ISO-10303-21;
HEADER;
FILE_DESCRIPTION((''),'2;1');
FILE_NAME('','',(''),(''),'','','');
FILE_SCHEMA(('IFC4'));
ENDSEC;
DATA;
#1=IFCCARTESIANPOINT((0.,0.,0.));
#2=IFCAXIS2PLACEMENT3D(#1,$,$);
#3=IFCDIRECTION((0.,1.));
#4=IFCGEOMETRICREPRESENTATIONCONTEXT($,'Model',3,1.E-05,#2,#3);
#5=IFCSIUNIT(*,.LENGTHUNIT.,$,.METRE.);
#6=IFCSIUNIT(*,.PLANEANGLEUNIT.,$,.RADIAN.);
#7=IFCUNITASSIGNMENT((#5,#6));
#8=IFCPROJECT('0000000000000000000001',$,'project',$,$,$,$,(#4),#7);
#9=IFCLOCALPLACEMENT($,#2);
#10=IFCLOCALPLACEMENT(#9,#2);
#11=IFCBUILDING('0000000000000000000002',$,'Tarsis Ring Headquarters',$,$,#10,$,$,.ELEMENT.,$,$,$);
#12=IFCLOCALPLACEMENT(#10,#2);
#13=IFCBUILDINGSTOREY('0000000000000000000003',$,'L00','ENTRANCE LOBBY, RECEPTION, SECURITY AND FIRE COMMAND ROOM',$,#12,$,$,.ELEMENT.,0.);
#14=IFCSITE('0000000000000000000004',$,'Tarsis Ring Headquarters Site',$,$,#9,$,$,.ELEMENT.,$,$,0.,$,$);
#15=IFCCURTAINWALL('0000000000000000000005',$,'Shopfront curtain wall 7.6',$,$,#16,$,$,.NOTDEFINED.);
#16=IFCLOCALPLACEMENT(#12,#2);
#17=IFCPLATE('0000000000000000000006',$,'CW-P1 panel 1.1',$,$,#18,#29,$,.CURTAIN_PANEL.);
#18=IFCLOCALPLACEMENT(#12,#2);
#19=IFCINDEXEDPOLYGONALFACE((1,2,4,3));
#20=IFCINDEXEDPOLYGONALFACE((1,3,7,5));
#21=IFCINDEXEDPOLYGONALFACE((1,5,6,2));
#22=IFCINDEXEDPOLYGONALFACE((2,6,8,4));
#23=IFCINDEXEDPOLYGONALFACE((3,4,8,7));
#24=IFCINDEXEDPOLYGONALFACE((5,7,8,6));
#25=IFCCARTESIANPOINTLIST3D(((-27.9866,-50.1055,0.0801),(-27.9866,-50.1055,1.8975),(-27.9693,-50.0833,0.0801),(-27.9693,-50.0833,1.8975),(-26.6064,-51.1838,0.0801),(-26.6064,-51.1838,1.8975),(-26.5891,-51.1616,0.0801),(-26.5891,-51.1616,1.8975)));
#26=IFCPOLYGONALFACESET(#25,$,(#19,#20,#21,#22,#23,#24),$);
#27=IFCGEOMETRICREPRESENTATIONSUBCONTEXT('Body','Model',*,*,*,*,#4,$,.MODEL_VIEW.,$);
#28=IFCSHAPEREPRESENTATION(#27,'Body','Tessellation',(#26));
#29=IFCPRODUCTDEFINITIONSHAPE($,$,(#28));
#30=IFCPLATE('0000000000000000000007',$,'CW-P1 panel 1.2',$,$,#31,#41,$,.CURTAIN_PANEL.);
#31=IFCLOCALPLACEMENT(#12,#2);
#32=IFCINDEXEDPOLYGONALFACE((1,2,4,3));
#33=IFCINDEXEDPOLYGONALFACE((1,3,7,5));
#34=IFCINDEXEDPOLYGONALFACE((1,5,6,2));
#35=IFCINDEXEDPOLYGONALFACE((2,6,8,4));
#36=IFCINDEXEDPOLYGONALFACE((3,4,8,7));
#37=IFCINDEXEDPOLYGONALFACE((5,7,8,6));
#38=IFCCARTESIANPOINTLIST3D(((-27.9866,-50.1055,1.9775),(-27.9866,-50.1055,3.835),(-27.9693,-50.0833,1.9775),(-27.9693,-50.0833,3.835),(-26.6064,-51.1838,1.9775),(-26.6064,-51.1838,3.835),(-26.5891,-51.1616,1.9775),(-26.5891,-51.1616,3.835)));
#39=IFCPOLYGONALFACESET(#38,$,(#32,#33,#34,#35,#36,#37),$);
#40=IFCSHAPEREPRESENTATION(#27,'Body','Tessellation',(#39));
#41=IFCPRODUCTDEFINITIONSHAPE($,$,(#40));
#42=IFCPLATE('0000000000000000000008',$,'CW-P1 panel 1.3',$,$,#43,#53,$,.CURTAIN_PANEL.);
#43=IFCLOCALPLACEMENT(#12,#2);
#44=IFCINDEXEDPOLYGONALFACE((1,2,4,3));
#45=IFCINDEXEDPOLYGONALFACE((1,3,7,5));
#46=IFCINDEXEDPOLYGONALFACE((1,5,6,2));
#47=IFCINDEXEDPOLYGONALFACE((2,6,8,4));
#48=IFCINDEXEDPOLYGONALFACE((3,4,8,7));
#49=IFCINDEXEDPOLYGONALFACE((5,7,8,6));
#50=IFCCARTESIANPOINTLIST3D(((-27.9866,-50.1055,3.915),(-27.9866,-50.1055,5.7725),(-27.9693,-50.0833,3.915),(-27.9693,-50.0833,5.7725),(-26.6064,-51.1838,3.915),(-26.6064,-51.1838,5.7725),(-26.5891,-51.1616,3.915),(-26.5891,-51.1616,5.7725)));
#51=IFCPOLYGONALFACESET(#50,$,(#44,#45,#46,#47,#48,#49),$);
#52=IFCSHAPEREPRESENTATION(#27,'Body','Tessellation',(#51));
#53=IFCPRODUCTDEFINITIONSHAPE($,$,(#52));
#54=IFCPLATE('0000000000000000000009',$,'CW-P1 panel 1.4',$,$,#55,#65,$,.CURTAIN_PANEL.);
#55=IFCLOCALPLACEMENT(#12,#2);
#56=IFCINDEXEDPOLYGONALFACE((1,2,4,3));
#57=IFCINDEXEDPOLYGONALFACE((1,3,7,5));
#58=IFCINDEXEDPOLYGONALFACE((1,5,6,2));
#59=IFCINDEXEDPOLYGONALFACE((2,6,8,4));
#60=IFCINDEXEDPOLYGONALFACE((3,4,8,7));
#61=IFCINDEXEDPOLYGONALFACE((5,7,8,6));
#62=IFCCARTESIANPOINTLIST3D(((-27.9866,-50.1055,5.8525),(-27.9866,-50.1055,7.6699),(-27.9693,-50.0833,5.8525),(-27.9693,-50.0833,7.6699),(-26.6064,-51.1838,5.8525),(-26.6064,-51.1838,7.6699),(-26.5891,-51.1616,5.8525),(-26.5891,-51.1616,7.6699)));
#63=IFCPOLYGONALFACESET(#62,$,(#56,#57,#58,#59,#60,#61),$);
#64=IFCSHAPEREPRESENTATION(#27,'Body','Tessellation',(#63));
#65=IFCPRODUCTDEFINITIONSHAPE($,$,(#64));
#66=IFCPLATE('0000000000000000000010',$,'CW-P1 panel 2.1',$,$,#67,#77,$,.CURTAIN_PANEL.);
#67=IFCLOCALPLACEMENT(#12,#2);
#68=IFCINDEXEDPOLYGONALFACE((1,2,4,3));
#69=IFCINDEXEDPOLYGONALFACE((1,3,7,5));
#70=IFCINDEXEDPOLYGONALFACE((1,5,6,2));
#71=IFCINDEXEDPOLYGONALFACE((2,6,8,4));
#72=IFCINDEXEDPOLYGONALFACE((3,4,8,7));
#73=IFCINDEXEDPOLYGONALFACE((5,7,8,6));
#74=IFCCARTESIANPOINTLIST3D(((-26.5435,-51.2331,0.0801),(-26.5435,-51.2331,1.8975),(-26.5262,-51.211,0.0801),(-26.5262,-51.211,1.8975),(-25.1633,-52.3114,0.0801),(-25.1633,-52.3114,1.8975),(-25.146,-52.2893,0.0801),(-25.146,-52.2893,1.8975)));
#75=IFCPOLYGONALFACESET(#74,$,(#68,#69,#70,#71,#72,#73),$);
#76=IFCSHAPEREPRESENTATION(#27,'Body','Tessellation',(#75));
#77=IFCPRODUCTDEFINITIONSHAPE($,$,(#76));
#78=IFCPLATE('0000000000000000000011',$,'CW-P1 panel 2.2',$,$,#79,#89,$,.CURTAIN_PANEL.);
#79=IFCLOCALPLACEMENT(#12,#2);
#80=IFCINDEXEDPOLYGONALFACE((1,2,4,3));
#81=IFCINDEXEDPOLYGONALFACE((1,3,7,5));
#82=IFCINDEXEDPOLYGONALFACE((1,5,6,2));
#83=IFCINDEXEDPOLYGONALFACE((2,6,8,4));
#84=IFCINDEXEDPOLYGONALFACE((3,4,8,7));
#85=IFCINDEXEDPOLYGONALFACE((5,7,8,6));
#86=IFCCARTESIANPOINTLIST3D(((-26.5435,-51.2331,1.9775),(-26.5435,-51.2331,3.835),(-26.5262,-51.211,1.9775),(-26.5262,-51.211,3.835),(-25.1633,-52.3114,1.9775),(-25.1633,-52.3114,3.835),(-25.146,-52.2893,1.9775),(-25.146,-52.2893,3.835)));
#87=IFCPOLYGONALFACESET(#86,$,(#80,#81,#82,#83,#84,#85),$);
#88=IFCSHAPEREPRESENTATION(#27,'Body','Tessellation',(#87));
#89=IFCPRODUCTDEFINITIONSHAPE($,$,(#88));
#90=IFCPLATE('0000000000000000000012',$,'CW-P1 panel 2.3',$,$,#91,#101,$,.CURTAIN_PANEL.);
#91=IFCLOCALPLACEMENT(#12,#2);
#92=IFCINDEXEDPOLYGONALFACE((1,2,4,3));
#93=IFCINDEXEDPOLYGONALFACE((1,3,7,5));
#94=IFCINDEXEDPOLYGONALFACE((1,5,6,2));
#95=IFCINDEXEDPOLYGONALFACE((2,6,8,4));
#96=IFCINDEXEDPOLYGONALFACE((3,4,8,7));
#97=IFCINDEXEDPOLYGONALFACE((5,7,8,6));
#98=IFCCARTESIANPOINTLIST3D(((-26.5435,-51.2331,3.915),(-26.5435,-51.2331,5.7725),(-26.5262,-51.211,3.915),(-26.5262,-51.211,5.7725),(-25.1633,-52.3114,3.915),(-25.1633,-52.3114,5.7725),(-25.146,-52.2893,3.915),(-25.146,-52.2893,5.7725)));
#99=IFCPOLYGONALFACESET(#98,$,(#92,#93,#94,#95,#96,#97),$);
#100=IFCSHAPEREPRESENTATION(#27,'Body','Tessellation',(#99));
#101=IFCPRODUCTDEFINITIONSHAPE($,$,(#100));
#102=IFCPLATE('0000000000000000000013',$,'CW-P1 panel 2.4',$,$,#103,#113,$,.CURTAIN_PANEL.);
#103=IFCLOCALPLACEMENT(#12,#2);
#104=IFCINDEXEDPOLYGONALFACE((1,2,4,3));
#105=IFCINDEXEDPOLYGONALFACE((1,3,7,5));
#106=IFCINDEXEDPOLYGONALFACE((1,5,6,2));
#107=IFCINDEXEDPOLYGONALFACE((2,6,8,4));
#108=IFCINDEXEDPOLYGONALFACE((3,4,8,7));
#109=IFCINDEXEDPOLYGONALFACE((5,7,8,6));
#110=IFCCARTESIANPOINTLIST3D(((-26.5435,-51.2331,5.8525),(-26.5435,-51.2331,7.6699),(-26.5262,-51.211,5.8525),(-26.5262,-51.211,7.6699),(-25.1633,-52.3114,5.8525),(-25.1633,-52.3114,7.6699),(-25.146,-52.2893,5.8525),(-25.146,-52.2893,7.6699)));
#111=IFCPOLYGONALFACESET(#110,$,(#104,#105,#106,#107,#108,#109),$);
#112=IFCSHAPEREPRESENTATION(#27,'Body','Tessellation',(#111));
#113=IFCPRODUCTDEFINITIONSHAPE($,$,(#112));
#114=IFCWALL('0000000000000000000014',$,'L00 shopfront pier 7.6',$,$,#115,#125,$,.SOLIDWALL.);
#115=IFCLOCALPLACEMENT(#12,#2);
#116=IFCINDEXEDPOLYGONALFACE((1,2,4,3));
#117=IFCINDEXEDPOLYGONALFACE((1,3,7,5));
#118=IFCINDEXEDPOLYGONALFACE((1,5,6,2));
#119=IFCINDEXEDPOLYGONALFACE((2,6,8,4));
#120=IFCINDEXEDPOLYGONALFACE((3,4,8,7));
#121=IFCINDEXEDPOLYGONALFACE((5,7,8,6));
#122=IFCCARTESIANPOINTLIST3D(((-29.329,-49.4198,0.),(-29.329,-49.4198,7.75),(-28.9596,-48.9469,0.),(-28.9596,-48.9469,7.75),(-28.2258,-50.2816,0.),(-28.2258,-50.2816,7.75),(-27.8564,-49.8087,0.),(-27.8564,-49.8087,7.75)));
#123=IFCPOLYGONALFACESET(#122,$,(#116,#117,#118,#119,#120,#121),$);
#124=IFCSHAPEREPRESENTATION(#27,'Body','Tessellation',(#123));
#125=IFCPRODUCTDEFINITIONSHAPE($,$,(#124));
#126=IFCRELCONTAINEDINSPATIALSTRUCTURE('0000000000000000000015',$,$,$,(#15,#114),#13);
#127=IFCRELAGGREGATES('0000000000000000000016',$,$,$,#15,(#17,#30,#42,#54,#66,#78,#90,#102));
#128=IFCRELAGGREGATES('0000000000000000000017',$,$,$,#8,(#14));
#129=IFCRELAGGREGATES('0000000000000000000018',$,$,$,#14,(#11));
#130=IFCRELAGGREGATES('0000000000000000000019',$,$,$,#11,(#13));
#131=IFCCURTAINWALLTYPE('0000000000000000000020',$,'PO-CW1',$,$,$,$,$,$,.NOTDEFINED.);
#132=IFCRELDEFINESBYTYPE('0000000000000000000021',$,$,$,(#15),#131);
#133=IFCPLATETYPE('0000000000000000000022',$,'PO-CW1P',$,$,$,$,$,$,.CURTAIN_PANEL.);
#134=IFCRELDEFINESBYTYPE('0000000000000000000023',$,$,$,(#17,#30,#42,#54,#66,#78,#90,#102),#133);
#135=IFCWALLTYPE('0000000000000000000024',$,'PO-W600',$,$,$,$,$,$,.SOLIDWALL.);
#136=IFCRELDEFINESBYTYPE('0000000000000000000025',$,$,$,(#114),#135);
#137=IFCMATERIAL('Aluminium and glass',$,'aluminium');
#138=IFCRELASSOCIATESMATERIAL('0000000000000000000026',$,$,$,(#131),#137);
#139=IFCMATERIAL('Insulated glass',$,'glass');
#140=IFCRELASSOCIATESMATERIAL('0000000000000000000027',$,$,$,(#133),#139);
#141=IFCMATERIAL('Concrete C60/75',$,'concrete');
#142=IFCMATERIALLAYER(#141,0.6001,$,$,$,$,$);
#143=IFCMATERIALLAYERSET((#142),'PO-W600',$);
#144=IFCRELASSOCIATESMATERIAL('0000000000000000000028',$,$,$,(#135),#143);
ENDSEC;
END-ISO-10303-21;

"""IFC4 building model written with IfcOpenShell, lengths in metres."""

from ifc_helpers import new_model, si_unit, direction, frame, frame_2d, origin, origin_2d, place, context, subcontext, project, spatial, rectangle, extrude, material, layer, layer_set, type_object, element, aggregate, save


model = new_model("IFC4")

# Units and contexts
model_context = context("Model", 3, precision=1e-05, world=origin(), true_north=direction((0.0, 1.0)))
body_context = subcontext(model_context, "Body", "Model", "MODEL_VIEW")
ifc_project = project(units=[si_unit("LENGTHUNIT", "METRE"), si_unit("PLANEANGLEUNIT", "RADIAN")], contexts=[model_context])

# Site, building, storey
site_placement = place(None, origin())
site = spatial("IfcSite", under=ifc_project, at=site_placement, Name="Tarsis Ring Headquarters Site", CompositionType="ELEMENT", RefElevation=0.0)
building_placement = place(site_placement, origin())
building = spatial("IfcBuilding", under=site, at=building_placement, Name="Tarsis Ring Headquarters", CompositionType="ELEMENT")
storey_placement = place(building_placement, origin())
storey = spatial("IfcBuildingStorey", under=building, at=storey_placement, Name="L00", Description="ENTRANCE LOBBY, RECEPTION, SECURITY AND FIRE COMMAND ROOM", CompositionType="ELEMENT", Elevation=0.0)

# Shared definitions
ifc_material_1 = material(Name="Aluminium and glass", Category="aluminium")
curtain_wall_type = type_object("IfcCurtainWallType", Name="PO-CW1", PredefinedType="NOTDEFINED", material=ifc_material_1)

# Curtain wall
curtain_wall_1_placement = place(storey_placement, origin())
curtain_wall_1 = element("IfcCurtainWall", 1, at=curtain_wall_1_placement, inside=storey, type_object=curtain_wall_type, Name="Shopfront curtain wall 7.6", PredefinedType="NOTDEFINED")

# Plates
ifc_material_2 = material(Name="Insulated glass", Category="glass")
plate_type = type_object("IfcPlateType", Name="PO-CW1P", PredefinedType="CURTAIN_PANEL", material=ifc_material_2)
plate_1_placement = place(storey_placement, frame((-27.2878, -50.6335, 0.0801), z_axis=(0.0, 0.0, 1.0), x_axis=(0.788011, -0.615661, 0.0)))
plate_1 = element("IfcPlate", 2, at=plate_1_placement, type_object=plate_type, Name="CW-P1 panel 1.1", PredefinedType="CURTAIN_PANEL", context=body_context, shape_type="SweptSolid", body=[
    extrude(rectangle(XDim=1.7515, YDim=0.0281, at=origin_2d()), origin(), (0.0, 0.0, 1.0), 1.8174),
])
plate_2_placement = place(storey_placement, frame((-27.2878, -50.6335, 1.9775), z_axis=(0.0, 0.0, 1.0), x_axis=(0.788011, -0.615661, 0.0)))
plate_2 = element("IfcPlate", 3, at=plate_2_placement, type_object=plate_type, Name="CW-P1 panel 1.2", PredefinedType="CURTAIN_PANEL", context=body_context, shape_type="SweptSolid", body=[
    extrude(rectangle(XDim=1.7515, YDim=0.0281, at=origin_2d()), origin(), (0.0, 0.0, 1.0), 1.8574),
])
plate_3_placement = place(storey_placement, frame((-27.2878, -50.6335, 3.915), z_axis=(0.0, 0.0, 1.0), x_axis=(0.788011, -0.615661, 0.0)))
plate_3 = element("IfcPlate", 4, at=plate_3_placement, type_object=plate_type, Name="CW-P1 panel 1.3", PredefinedType="CURTAIN_PANEL", context=body_context, shape_type="SweptSolid", body=[
    extrude(rectangle(XDim=1.7515, YDim=0.0281, at=origin_2d()), origin(), (0.0, 0.0, 1.0), 1.8574),
])
plate_4_placement = place(storey_placement, frame((-27.2878, -50.6335, 5.8525), z_axis=(0.0, 0.0, 1.0), x_axis=(0.788011, -0.615661, 0.0)))
plate_4 = element("IfcPlate", 5, at=plate_4_placement, type_object=plate_type, Name="CW-P1 panel 1.4", PredefinedType="CURTAIN_PANEL", context=body_context, shape_type="SweptSolid", body=[
    extrude(rectangle(XDim=1.7515, YDim=0.0281, at=origin_2d()), origin(), (0.0, 0.0, 1.0), 1.8174),
])
plate_5_placement = place(storey_placement, frame((-25.8447, -51.7612, 0.0801), z_axis=(0.0, 0.0, 1.0), x_axis=(0.788011, -0.615661, 0.0)))
plate_5 = element("IfcPlate", 6, at=plate_5_placement, type_object=plate_type, Name="CW-P1 panel 2.1", PredefinedType="CURTAIN_PANEL", context=body_context, shape_type="SweptSolid", body=[
    extrude(rectangle(XDim=1.7515, YDim=0.0281, at=origin_2d()), origin(), (0.0, 0.0, 1.0), 1.8174),
])
plate_6_placement = place(storey_placement, frame((-25.8447, -51.7612, 1.9775), z_axis=(0.0, 0.0, 1.0), x_axis=(0.788011, -0.615661, 0.0)))
plate_6 = element("IfcPlate", 7, at=plate_6_placement, type_object=plate_type, Name="CW-P1 panel 2.2", PredefinedType="CURTAIN_PANEL", context=body_context, shape_type="SweptSolid", body=[
    extrude(rectangle(XDim=1.7515, YDim=0.0281, at=origin_2d()), origin(), (0.0, 0.0, 1.0), 1.8574),
])
plate_7_placement = place(storey_placement, frame((-25.8447, -51.7612, 3.915), z_axis=(0.0, 0.0, 1.0), x_axis=(0.788011, -0.615661, 0.0)))
plate_7 = element("IfcPlate", 8, at=plate_7_placement, type_object=plate_type, Name="CW-P1 panel 2.3", PredefinedType="CURTAIN_PANEL", context=body_context, shape_type="SweptSolid", body=[
    extrude(rectangle(XDim=1.7515, YDim=0.0281, at=origin_2d()), origin(), (0.0, 0.0, 1.0), 1.8574),
])
plate_8_placement = place(storey_placement, frame((-25.8447, -51.7612, 5.8525), z_axis=(0.0, 0.0, 1.0), x_axis=(0.788011, -0.615661, 0.0)))
plate_8 = element("IfcPlate", 9, at=plate_8_placement, type_object=plate_type, Name="CW-P1 panel 2.4", PredefinedType="CURTAIN_PANEL", context=body_context, shape_type="SweptSolid", body=[
    extrude(rectangle(XDim=1.7515, YDim=0.0281, at=origin_2d()), origin(), (0.0, 0.0, 1.0), 1.8174),
])
aggregate(curtain_wall_1, [plate_1, plate_2, plate_3, plate_4, plate_5, plate_6, plate_7, plate_8])

# Wall
ifc_material_3 = material(Name="Concrete C60/75", Category="concrete")
ifc_layer = layer(ifc_material_3, 0.6001)
ifc_layer_set = layer_set([ifc_layer], Name="PO-W600")
wall_type = type_object("IfcWallType", Name="PO-W600", PredefinedType="SOLIDWALL", material=ifc_layer_set)
wall_placement = place(storey_placement, frame((-29.1443, -49.1833, 0.0), z_axis=(0.0, 0.0, 1.0), x_axis=(0.788064, -0.615593, 0.0)))
element("IfcWall", 10, at=wall_placement, inside=storey, type_object=wall_type, Name="L00 shopfront pier 7.6", PredefinedType="SOLIDWALL", context=body_context, shape_type="SweptSolid", body=[
    extrude(rectangle(XDim=1.3999, YDim=0.6001, at=frame_2d((0.7, 0.0))), origin(), (0.0, 0.0, 1.0), 7.75),
])

save(model, "model.ifc")
